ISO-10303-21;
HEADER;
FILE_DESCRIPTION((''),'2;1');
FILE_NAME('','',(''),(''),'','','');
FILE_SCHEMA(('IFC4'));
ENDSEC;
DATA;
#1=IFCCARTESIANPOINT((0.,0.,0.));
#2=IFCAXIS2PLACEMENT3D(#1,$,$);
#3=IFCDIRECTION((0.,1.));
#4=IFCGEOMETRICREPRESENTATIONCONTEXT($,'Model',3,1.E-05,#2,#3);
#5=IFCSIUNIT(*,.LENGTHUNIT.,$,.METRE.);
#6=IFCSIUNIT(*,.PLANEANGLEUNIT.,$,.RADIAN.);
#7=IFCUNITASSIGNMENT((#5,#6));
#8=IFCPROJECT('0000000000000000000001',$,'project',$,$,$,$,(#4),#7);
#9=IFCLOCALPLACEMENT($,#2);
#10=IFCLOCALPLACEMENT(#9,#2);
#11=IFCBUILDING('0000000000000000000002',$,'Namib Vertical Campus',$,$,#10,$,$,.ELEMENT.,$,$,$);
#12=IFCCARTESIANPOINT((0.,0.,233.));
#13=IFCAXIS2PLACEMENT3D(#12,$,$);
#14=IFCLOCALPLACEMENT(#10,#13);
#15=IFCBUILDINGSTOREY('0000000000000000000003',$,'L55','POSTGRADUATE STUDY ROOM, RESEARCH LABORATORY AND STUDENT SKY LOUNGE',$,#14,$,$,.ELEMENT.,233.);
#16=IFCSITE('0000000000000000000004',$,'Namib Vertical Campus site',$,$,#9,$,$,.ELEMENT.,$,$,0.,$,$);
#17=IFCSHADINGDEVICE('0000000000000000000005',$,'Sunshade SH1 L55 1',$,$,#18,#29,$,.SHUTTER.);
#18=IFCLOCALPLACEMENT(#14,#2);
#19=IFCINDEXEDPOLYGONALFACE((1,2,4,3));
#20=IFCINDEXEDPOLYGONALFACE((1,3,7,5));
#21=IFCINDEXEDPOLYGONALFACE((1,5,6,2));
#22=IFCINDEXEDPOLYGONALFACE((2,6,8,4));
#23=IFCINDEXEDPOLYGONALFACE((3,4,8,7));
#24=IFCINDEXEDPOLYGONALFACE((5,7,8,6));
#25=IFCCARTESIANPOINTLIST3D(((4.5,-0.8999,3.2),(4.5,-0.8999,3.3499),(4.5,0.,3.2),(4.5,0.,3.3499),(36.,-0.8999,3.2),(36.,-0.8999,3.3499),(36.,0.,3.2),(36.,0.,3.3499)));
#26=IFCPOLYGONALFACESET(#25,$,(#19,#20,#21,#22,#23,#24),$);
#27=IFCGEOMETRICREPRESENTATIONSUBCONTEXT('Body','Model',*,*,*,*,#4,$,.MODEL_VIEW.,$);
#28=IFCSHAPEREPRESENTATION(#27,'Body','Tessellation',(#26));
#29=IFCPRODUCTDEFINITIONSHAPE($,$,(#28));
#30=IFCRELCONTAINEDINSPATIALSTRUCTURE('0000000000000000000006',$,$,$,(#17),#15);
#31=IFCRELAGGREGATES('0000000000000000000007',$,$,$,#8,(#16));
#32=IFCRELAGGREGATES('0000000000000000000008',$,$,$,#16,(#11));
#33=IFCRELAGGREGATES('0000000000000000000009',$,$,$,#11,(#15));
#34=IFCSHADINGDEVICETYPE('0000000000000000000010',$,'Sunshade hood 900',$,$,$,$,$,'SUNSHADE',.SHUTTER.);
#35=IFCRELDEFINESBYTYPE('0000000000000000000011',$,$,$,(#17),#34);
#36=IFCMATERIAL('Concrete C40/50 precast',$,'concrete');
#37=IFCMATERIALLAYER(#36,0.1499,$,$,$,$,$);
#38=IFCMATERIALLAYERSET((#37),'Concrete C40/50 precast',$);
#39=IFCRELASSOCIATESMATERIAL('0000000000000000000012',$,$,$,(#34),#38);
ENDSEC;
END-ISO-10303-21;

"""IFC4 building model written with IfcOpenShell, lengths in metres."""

from ifc_helpers import new_model, si_unit, direction, frame, origin, origin_2d, place, context, subcontext, project, spatial, rectangle, extrude, material, layer, layer_set, type_object, element, save


model = new_model("IFC4")

# Units and contexts
model_context = context("Model", 3, precision=1e-05, world=origin(), true_north=direction((0.0, 1.0)))
body_context = subcontext(model_context, "Body", "Model", "MODEL_VIEW")
ifc_project = project(units=[si_unit("LENGTHUNIT", "METRE"), si_unit("PLANEANGLEUNIT", "RADIAN")], contexts=[model_context])

# Site, building, storey
site_placement = place(None, origin())
site = spatial("IfcSite", under=ifc_project, at=site_placement, Name="Namib Vertical Campus site", CompositionType="ELEMENT", RefElevation=0.0)
building_placement = place(site_placement, origin())
building = spatial("IfcBuilding", under=site, at=building_placement, Name="Namib Vertical Campus", CompositionType="ELEMENT")
storey_placement = place(building_placement, frame((0.0, 0.0, 233.0)))
storey = spatial("IfcBuildingStorey", under=building, at=storey_placement, Name="L55", Description="POSTGRADUATE STUDY ROOM, RESEARCH LABORATORY AND STUDENT SKY LOUNGE", CompositionType="ELEMENT", Elevation=233.0)

# Shading device
ifc_material_1 = material(Name="Concrete C40/50 precast", Category="concrete")
ifc_layer_1 = layer(ifc_material_1, 0.1499)
ifc_layer_set_1 = layer_set([ifc_layer_1], Name="Concrete C40/50 precast")
shading_device_type = type_object("IfcShadingDeviceType", Name="Sunshade hood 900", ElementType="SUNSHADE", PredefinedType="SHUTTER", material=ifc_layer_set_1)
shading_device_placement = place(storey_placement, frame((20.25, -0.45, 3.2), z_axis=(0.0, 0.0, 1.0), x_axis=(1.0, 0.0, 0.0)))
element("IfcShadingDevice", 1, at=shading_device_placement, inside=storey, type_object=shading_device_type, Name="Sunshade SH1 L55 1", PredefinedType="SHUTTER", context=body_context, shape_type="SweptSolid", body=[
    extrude(rectangle(XDim=31.5, YDim=0.8999, at=origin_2d()), origin(), (0.0, 0.0, 1.0), 0.1499),
])

save(model, "model.ifc")
